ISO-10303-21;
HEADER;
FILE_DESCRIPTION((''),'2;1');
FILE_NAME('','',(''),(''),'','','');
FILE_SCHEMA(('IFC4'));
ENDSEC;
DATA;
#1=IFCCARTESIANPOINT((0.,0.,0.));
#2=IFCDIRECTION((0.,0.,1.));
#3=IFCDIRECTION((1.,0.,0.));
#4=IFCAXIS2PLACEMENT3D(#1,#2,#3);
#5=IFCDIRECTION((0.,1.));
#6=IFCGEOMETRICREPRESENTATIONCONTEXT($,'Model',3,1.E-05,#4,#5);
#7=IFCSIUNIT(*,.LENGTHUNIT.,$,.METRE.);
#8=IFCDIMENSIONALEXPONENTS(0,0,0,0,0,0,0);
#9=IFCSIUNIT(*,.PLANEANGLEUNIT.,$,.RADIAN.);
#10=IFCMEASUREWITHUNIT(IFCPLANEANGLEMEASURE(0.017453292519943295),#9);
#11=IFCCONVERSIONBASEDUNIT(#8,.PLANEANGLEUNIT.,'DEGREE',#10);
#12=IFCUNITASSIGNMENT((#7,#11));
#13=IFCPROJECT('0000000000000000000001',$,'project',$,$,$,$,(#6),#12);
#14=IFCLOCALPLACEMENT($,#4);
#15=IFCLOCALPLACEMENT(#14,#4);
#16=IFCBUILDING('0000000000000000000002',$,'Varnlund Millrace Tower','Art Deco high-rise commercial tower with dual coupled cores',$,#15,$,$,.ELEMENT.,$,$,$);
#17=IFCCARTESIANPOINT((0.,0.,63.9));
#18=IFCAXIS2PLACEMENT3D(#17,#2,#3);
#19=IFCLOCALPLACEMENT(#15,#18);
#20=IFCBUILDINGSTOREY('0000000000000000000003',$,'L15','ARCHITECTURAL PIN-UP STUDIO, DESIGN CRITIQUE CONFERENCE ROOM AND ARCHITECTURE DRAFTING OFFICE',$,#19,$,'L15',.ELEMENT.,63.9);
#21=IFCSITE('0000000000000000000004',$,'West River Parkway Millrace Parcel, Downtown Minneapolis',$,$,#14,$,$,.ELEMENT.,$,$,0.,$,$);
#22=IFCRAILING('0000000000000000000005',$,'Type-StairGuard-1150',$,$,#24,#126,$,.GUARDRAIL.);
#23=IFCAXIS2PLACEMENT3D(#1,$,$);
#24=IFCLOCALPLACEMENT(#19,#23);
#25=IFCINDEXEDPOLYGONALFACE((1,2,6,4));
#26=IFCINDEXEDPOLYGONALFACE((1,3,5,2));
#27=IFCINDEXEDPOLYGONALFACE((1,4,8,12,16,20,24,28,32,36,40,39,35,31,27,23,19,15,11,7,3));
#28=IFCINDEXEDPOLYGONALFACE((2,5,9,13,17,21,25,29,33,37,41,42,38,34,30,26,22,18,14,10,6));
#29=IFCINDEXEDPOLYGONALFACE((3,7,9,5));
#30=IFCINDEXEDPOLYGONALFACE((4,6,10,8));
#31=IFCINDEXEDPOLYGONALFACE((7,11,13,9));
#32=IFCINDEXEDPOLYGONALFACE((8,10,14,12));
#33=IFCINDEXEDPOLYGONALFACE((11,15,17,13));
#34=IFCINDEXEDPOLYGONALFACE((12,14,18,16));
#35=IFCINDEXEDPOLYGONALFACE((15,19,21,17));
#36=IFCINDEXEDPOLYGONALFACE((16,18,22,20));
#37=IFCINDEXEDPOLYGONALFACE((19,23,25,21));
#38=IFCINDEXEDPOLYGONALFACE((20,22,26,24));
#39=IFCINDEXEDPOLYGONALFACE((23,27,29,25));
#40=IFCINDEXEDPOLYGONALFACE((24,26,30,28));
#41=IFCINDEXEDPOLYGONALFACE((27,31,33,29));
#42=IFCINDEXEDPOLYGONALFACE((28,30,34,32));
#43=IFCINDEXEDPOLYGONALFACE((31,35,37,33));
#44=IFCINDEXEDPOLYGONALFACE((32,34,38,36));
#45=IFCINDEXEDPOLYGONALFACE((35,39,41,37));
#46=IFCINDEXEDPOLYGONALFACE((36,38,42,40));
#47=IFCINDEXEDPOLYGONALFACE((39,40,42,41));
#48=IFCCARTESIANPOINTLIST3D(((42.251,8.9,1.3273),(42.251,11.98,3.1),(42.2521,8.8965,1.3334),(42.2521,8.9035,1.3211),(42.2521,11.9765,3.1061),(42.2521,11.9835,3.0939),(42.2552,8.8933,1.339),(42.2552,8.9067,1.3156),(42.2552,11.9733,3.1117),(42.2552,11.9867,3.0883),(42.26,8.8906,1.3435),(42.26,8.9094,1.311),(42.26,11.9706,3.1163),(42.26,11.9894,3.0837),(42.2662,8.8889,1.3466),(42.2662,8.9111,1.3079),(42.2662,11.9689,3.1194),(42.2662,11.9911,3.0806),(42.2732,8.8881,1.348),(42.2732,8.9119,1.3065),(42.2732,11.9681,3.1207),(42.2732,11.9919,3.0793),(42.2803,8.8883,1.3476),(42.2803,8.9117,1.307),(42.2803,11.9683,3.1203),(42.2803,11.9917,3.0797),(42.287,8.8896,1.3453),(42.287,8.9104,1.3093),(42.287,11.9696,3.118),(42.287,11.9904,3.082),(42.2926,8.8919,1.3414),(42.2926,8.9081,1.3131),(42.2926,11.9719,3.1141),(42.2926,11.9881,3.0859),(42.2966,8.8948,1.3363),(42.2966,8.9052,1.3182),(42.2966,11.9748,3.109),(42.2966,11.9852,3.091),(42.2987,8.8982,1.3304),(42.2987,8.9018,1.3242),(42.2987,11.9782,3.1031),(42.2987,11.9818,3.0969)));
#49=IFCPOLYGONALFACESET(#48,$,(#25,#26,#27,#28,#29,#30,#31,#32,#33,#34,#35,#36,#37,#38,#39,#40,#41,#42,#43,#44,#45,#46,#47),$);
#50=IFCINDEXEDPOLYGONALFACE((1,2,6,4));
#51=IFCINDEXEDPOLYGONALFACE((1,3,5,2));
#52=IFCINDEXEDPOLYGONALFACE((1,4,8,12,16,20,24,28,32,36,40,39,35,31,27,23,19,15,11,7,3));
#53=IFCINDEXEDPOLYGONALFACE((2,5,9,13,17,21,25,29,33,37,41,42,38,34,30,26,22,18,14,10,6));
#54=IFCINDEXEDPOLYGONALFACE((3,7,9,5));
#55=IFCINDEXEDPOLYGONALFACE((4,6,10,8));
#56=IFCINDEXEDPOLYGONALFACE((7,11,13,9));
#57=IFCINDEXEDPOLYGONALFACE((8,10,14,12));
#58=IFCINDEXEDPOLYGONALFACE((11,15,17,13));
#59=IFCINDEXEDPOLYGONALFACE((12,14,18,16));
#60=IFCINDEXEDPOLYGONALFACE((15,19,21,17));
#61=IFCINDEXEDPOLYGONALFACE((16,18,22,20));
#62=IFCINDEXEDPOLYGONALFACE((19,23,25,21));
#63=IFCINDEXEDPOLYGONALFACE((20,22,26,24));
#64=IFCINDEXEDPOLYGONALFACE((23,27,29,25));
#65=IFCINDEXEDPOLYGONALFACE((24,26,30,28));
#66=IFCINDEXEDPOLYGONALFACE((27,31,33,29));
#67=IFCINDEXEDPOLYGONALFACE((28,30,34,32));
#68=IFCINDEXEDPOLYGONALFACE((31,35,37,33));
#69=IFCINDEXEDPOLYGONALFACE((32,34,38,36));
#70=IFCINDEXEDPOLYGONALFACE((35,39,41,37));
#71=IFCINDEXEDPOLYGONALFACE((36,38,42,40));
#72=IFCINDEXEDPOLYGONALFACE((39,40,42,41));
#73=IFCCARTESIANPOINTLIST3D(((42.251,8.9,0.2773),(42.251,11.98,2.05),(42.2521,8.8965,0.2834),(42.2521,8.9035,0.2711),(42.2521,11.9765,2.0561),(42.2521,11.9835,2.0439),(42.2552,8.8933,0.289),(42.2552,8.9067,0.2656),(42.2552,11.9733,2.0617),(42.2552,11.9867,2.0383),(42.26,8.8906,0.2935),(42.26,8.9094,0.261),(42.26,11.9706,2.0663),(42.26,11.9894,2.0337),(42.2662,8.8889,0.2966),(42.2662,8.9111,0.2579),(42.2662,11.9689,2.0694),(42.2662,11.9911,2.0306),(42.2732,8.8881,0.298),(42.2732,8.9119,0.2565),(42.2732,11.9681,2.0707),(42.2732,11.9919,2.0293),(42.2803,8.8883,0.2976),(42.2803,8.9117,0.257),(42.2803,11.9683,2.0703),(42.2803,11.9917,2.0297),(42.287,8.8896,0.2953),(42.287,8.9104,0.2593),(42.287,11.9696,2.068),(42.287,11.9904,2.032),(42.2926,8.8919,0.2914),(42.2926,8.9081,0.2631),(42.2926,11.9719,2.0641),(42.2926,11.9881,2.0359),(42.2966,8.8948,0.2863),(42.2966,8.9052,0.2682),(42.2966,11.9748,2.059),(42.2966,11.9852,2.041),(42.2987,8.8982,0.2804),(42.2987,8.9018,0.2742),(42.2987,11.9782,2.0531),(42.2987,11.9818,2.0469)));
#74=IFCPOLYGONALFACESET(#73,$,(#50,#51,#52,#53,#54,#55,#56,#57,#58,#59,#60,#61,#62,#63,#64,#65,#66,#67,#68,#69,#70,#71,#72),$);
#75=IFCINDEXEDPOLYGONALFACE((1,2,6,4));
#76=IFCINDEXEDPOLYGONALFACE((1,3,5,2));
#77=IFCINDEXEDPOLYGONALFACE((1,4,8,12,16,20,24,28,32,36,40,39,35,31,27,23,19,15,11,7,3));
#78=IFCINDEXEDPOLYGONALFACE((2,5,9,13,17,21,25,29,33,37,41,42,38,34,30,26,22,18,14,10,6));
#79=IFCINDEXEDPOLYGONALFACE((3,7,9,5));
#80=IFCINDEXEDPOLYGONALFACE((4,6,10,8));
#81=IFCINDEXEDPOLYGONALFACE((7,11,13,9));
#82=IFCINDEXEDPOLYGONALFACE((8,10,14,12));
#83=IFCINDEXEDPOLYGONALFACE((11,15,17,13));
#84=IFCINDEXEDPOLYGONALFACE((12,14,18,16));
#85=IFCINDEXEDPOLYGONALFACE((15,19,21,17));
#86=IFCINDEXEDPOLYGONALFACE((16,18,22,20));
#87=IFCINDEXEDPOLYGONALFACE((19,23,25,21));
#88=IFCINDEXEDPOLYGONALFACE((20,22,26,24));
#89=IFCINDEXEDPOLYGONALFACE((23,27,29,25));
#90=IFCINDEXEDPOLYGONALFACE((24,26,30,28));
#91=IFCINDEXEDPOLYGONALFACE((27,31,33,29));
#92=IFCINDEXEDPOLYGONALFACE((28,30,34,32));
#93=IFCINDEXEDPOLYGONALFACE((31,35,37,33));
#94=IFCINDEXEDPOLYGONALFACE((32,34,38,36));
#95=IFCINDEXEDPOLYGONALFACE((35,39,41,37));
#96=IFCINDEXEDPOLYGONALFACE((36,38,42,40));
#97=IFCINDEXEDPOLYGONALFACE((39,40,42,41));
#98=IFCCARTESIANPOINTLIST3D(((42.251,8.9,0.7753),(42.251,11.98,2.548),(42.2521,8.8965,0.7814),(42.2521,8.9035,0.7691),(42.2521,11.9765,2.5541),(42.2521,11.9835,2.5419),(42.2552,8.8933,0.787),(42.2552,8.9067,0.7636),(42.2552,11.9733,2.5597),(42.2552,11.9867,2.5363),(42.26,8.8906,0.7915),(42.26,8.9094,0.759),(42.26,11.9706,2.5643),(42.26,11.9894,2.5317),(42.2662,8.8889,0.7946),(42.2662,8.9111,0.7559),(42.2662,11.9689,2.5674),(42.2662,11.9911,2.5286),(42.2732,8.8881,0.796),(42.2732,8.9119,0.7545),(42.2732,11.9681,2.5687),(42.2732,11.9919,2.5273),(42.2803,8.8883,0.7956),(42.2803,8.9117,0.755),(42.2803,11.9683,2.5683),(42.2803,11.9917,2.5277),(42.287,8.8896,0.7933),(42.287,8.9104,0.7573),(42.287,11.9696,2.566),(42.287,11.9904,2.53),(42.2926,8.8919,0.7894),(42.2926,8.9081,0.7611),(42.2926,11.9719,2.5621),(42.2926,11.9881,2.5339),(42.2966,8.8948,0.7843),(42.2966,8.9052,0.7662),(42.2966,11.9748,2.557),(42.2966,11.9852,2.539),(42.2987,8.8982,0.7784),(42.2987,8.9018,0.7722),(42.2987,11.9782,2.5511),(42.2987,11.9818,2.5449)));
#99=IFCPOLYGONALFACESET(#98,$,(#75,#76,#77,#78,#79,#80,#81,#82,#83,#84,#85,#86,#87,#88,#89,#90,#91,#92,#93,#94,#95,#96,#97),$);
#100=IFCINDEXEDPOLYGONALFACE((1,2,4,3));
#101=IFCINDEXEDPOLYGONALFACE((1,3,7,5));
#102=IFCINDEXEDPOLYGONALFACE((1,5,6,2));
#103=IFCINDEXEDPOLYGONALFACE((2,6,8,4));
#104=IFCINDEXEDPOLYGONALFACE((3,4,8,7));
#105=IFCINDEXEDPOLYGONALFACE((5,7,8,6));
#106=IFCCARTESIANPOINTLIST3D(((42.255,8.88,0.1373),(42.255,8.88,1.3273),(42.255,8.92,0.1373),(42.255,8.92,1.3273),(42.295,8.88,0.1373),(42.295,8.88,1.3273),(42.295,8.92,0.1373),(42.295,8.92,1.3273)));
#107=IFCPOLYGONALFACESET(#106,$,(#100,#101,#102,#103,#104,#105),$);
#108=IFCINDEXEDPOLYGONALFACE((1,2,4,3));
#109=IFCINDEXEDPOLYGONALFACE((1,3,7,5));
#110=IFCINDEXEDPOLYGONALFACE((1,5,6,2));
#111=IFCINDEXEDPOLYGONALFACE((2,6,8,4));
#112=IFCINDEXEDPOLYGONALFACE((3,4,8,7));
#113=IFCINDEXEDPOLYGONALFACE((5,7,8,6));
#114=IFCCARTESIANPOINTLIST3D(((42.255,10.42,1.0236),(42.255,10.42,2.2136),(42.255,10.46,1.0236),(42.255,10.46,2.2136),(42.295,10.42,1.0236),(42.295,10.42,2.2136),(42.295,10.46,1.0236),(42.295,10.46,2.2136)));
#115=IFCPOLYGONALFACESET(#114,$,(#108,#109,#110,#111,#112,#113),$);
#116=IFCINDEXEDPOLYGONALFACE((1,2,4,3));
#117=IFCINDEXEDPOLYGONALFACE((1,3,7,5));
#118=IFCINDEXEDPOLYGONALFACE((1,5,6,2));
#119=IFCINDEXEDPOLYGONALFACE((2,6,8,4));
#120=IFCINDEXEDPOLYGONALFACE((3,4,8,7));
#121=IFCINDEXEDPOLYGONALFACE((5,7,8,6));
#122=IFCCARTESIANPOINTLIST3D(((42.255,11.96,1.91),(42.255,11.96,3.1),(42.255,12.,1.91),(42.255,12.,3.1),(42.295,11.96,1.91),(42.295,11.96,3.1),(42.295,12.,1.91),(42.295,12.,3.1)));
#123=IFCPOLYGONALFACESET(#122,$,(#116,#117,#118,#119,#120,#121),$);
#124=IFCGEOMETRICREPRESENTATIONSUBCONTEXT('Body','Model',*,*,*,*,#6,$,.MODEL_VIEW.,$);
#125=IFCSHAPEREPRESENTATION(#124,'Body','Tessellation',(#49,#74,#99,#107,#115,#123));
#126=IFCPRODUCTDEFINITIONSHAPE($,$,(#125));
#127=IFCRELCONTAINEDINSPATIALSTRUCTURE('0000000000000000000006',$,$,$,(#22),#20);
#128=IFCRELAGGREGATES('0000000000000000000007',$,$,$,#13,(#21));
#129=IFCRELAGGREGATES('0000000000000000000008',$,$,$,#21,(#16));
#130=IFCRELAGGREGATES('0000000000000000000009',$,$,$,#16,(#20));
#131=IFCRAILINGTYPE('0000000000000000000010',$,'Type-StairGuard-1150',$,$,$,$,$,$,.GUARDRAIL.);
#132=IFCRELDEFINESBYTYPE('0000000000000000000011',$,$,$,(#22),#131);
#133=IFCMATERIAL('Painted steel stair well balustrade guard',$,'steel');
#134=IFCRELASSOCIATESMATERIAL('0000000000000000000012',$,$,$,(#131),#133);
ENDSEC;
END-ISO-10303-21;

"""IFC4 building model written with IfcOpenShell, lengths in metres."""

from ifc_helpers import new_model, entity, si_unit, converted_unit, direction, frame, origin_with_axes, origin_2d_with_axis, place, context, subcontext, project, spatial, rectangle, circle, extrude, material, type_object, element, save


model = new_model("IFC4")

# Units and contexts
model_context = context("Model", 3, precision=1e-05, world=origin_with_axes(), true_north=direction((0.0, 1.0)))
body_context = subcontext(model_context, "Body", "Model", "MODEL_VIEW")
ifc_project = project(units=[si_unit("LENGTHUNIT", "METRE"), converted_unit("PLANEANGLEUNIT", "DEGREE", entity("IfcPlaneAngleMeasure", 0.017453292519943295), si_unit("PLANEANGLEUNIT", "RADIAN"), dimensions=[0, 0, 0, 0, 0, 0, 0])], contexts=[model_context])

# Site, building, storey
site_placement = place(None, origin_with_axes())
site = spatial("IfcSite", under=ifc_project, at=site_placement, Name="West River Parkway Millrace Parcel, Downtown Minneapolis", CompositionType="ELEMENT", RefElevation=0.0)
building_placement = place(site_placement, origin_with_axes())
building = spatial("IfcBuilding", under=site, at=building_placement, Name="Varnlund Millrace Tower", Description="Art Deco high-rise commercial tower with dual coupled cores", CompositionType="ELEMENT")
storey_placement = place(building_placement, frame((0.0, 0.0, 63.9), z_axis=(0.0, 0.0, 1.0), x_axis=(1.0, 0.0, 0.0)))
storey = spatial("IfcBuildingStorey", under=building, at=storey_placement, Name="L15", Description="ARCHITECTURAL PIN-UP STUDIO, DESIGN CRITIQUE CONFERENCE ROOM AND ARCHITECTURE DRAFTING OFFICE", LongName="L15", CompositionType="ELEMENT", Elevation=63.9)

# Railing
ifc_material_1 = material(Name="Painted steel stair well balustrade guard", Category="steel")
railing_type_1 = type_object("IfcRailingType", Name="Type-StairGuard-1150", PredefinedType="GUARDRAIL", material=ifc_material_1)
railing_1_placement = place(storey_placement, frame((0.0, 0.0, -63.9), z_axis=(0.0, 0.0, 1.0), x_axis=(1.0, 0.0, 0.0)))
element("IfcRailing", 1, at=railing_1_placement, inside=storey, type_object=railing_type_1, Name="Type-StairGuard-1150", PredefinedType="GUARDRAIL", context=body_context, shape_type="SweptSolid", body=[
    extrude(circle(Radius=0.024, at=origin_2d_with_axis()), frame((42.275, 8.9, 65.2273), z_axis=(0.0, 0.866696, 0.498836), x_axis=(-1.0, 0.0, 0.0)), (0.0, 0.0, 1.0), 3.5537),
    extrude(circle(Radius=0.024, at=origin_2d_with_axis()), frame((42.275, 8.9, 64.1773), z_axis=(0.0, 0.866696, 0.498836), x_axis=(-1.0, 0.0, 0.0)), (0.0, 0.0, 1.0), 3.5537),
    extrude(circle(Radius=0.024, at=origin_2d_with_axis()), frame((42.275, 8.9, 64.6753), z_axis=(0.0, 0.866696, 0.498836), x_axis=(-1.0, 0.0, 0.0)), (0.0, 0.0, 1.0), 3.5537),
    extrude(rectangle(XDim=0.04, YDim=0.04, at=origin_2d_with_axis()), frame((42.275, 8.9, 64.0373), z_axis=(0.0, 0.0, 1.0), x_axis=(1.0, 0.0, 0.0)), (0.0, 0.0, 1.0), 1.19),
    extrude(rectangle(XDim=0.04, YDim=0.04, at=origin_2d_with_axis()), frame((42.275, 10.44, 64.9236), z_axis=(0.0, 0.0, 1.0), x_axis=(1.0, 0.0, 0.0)), (0.0, 0.0, 1.0), 1.19),
    extrude(rectangle(XDim=0.04, YDim=0.04, at=origin_2d_with_axis()), frame((42.275, 11.98, 65.81), z_axis=(0.0, 0.0, 1.0), x_axis=(1.0, 0.0, 0.0)), (0.0, 0.0, 1.0), 1.19),
])

save(model, "model.ifc")
